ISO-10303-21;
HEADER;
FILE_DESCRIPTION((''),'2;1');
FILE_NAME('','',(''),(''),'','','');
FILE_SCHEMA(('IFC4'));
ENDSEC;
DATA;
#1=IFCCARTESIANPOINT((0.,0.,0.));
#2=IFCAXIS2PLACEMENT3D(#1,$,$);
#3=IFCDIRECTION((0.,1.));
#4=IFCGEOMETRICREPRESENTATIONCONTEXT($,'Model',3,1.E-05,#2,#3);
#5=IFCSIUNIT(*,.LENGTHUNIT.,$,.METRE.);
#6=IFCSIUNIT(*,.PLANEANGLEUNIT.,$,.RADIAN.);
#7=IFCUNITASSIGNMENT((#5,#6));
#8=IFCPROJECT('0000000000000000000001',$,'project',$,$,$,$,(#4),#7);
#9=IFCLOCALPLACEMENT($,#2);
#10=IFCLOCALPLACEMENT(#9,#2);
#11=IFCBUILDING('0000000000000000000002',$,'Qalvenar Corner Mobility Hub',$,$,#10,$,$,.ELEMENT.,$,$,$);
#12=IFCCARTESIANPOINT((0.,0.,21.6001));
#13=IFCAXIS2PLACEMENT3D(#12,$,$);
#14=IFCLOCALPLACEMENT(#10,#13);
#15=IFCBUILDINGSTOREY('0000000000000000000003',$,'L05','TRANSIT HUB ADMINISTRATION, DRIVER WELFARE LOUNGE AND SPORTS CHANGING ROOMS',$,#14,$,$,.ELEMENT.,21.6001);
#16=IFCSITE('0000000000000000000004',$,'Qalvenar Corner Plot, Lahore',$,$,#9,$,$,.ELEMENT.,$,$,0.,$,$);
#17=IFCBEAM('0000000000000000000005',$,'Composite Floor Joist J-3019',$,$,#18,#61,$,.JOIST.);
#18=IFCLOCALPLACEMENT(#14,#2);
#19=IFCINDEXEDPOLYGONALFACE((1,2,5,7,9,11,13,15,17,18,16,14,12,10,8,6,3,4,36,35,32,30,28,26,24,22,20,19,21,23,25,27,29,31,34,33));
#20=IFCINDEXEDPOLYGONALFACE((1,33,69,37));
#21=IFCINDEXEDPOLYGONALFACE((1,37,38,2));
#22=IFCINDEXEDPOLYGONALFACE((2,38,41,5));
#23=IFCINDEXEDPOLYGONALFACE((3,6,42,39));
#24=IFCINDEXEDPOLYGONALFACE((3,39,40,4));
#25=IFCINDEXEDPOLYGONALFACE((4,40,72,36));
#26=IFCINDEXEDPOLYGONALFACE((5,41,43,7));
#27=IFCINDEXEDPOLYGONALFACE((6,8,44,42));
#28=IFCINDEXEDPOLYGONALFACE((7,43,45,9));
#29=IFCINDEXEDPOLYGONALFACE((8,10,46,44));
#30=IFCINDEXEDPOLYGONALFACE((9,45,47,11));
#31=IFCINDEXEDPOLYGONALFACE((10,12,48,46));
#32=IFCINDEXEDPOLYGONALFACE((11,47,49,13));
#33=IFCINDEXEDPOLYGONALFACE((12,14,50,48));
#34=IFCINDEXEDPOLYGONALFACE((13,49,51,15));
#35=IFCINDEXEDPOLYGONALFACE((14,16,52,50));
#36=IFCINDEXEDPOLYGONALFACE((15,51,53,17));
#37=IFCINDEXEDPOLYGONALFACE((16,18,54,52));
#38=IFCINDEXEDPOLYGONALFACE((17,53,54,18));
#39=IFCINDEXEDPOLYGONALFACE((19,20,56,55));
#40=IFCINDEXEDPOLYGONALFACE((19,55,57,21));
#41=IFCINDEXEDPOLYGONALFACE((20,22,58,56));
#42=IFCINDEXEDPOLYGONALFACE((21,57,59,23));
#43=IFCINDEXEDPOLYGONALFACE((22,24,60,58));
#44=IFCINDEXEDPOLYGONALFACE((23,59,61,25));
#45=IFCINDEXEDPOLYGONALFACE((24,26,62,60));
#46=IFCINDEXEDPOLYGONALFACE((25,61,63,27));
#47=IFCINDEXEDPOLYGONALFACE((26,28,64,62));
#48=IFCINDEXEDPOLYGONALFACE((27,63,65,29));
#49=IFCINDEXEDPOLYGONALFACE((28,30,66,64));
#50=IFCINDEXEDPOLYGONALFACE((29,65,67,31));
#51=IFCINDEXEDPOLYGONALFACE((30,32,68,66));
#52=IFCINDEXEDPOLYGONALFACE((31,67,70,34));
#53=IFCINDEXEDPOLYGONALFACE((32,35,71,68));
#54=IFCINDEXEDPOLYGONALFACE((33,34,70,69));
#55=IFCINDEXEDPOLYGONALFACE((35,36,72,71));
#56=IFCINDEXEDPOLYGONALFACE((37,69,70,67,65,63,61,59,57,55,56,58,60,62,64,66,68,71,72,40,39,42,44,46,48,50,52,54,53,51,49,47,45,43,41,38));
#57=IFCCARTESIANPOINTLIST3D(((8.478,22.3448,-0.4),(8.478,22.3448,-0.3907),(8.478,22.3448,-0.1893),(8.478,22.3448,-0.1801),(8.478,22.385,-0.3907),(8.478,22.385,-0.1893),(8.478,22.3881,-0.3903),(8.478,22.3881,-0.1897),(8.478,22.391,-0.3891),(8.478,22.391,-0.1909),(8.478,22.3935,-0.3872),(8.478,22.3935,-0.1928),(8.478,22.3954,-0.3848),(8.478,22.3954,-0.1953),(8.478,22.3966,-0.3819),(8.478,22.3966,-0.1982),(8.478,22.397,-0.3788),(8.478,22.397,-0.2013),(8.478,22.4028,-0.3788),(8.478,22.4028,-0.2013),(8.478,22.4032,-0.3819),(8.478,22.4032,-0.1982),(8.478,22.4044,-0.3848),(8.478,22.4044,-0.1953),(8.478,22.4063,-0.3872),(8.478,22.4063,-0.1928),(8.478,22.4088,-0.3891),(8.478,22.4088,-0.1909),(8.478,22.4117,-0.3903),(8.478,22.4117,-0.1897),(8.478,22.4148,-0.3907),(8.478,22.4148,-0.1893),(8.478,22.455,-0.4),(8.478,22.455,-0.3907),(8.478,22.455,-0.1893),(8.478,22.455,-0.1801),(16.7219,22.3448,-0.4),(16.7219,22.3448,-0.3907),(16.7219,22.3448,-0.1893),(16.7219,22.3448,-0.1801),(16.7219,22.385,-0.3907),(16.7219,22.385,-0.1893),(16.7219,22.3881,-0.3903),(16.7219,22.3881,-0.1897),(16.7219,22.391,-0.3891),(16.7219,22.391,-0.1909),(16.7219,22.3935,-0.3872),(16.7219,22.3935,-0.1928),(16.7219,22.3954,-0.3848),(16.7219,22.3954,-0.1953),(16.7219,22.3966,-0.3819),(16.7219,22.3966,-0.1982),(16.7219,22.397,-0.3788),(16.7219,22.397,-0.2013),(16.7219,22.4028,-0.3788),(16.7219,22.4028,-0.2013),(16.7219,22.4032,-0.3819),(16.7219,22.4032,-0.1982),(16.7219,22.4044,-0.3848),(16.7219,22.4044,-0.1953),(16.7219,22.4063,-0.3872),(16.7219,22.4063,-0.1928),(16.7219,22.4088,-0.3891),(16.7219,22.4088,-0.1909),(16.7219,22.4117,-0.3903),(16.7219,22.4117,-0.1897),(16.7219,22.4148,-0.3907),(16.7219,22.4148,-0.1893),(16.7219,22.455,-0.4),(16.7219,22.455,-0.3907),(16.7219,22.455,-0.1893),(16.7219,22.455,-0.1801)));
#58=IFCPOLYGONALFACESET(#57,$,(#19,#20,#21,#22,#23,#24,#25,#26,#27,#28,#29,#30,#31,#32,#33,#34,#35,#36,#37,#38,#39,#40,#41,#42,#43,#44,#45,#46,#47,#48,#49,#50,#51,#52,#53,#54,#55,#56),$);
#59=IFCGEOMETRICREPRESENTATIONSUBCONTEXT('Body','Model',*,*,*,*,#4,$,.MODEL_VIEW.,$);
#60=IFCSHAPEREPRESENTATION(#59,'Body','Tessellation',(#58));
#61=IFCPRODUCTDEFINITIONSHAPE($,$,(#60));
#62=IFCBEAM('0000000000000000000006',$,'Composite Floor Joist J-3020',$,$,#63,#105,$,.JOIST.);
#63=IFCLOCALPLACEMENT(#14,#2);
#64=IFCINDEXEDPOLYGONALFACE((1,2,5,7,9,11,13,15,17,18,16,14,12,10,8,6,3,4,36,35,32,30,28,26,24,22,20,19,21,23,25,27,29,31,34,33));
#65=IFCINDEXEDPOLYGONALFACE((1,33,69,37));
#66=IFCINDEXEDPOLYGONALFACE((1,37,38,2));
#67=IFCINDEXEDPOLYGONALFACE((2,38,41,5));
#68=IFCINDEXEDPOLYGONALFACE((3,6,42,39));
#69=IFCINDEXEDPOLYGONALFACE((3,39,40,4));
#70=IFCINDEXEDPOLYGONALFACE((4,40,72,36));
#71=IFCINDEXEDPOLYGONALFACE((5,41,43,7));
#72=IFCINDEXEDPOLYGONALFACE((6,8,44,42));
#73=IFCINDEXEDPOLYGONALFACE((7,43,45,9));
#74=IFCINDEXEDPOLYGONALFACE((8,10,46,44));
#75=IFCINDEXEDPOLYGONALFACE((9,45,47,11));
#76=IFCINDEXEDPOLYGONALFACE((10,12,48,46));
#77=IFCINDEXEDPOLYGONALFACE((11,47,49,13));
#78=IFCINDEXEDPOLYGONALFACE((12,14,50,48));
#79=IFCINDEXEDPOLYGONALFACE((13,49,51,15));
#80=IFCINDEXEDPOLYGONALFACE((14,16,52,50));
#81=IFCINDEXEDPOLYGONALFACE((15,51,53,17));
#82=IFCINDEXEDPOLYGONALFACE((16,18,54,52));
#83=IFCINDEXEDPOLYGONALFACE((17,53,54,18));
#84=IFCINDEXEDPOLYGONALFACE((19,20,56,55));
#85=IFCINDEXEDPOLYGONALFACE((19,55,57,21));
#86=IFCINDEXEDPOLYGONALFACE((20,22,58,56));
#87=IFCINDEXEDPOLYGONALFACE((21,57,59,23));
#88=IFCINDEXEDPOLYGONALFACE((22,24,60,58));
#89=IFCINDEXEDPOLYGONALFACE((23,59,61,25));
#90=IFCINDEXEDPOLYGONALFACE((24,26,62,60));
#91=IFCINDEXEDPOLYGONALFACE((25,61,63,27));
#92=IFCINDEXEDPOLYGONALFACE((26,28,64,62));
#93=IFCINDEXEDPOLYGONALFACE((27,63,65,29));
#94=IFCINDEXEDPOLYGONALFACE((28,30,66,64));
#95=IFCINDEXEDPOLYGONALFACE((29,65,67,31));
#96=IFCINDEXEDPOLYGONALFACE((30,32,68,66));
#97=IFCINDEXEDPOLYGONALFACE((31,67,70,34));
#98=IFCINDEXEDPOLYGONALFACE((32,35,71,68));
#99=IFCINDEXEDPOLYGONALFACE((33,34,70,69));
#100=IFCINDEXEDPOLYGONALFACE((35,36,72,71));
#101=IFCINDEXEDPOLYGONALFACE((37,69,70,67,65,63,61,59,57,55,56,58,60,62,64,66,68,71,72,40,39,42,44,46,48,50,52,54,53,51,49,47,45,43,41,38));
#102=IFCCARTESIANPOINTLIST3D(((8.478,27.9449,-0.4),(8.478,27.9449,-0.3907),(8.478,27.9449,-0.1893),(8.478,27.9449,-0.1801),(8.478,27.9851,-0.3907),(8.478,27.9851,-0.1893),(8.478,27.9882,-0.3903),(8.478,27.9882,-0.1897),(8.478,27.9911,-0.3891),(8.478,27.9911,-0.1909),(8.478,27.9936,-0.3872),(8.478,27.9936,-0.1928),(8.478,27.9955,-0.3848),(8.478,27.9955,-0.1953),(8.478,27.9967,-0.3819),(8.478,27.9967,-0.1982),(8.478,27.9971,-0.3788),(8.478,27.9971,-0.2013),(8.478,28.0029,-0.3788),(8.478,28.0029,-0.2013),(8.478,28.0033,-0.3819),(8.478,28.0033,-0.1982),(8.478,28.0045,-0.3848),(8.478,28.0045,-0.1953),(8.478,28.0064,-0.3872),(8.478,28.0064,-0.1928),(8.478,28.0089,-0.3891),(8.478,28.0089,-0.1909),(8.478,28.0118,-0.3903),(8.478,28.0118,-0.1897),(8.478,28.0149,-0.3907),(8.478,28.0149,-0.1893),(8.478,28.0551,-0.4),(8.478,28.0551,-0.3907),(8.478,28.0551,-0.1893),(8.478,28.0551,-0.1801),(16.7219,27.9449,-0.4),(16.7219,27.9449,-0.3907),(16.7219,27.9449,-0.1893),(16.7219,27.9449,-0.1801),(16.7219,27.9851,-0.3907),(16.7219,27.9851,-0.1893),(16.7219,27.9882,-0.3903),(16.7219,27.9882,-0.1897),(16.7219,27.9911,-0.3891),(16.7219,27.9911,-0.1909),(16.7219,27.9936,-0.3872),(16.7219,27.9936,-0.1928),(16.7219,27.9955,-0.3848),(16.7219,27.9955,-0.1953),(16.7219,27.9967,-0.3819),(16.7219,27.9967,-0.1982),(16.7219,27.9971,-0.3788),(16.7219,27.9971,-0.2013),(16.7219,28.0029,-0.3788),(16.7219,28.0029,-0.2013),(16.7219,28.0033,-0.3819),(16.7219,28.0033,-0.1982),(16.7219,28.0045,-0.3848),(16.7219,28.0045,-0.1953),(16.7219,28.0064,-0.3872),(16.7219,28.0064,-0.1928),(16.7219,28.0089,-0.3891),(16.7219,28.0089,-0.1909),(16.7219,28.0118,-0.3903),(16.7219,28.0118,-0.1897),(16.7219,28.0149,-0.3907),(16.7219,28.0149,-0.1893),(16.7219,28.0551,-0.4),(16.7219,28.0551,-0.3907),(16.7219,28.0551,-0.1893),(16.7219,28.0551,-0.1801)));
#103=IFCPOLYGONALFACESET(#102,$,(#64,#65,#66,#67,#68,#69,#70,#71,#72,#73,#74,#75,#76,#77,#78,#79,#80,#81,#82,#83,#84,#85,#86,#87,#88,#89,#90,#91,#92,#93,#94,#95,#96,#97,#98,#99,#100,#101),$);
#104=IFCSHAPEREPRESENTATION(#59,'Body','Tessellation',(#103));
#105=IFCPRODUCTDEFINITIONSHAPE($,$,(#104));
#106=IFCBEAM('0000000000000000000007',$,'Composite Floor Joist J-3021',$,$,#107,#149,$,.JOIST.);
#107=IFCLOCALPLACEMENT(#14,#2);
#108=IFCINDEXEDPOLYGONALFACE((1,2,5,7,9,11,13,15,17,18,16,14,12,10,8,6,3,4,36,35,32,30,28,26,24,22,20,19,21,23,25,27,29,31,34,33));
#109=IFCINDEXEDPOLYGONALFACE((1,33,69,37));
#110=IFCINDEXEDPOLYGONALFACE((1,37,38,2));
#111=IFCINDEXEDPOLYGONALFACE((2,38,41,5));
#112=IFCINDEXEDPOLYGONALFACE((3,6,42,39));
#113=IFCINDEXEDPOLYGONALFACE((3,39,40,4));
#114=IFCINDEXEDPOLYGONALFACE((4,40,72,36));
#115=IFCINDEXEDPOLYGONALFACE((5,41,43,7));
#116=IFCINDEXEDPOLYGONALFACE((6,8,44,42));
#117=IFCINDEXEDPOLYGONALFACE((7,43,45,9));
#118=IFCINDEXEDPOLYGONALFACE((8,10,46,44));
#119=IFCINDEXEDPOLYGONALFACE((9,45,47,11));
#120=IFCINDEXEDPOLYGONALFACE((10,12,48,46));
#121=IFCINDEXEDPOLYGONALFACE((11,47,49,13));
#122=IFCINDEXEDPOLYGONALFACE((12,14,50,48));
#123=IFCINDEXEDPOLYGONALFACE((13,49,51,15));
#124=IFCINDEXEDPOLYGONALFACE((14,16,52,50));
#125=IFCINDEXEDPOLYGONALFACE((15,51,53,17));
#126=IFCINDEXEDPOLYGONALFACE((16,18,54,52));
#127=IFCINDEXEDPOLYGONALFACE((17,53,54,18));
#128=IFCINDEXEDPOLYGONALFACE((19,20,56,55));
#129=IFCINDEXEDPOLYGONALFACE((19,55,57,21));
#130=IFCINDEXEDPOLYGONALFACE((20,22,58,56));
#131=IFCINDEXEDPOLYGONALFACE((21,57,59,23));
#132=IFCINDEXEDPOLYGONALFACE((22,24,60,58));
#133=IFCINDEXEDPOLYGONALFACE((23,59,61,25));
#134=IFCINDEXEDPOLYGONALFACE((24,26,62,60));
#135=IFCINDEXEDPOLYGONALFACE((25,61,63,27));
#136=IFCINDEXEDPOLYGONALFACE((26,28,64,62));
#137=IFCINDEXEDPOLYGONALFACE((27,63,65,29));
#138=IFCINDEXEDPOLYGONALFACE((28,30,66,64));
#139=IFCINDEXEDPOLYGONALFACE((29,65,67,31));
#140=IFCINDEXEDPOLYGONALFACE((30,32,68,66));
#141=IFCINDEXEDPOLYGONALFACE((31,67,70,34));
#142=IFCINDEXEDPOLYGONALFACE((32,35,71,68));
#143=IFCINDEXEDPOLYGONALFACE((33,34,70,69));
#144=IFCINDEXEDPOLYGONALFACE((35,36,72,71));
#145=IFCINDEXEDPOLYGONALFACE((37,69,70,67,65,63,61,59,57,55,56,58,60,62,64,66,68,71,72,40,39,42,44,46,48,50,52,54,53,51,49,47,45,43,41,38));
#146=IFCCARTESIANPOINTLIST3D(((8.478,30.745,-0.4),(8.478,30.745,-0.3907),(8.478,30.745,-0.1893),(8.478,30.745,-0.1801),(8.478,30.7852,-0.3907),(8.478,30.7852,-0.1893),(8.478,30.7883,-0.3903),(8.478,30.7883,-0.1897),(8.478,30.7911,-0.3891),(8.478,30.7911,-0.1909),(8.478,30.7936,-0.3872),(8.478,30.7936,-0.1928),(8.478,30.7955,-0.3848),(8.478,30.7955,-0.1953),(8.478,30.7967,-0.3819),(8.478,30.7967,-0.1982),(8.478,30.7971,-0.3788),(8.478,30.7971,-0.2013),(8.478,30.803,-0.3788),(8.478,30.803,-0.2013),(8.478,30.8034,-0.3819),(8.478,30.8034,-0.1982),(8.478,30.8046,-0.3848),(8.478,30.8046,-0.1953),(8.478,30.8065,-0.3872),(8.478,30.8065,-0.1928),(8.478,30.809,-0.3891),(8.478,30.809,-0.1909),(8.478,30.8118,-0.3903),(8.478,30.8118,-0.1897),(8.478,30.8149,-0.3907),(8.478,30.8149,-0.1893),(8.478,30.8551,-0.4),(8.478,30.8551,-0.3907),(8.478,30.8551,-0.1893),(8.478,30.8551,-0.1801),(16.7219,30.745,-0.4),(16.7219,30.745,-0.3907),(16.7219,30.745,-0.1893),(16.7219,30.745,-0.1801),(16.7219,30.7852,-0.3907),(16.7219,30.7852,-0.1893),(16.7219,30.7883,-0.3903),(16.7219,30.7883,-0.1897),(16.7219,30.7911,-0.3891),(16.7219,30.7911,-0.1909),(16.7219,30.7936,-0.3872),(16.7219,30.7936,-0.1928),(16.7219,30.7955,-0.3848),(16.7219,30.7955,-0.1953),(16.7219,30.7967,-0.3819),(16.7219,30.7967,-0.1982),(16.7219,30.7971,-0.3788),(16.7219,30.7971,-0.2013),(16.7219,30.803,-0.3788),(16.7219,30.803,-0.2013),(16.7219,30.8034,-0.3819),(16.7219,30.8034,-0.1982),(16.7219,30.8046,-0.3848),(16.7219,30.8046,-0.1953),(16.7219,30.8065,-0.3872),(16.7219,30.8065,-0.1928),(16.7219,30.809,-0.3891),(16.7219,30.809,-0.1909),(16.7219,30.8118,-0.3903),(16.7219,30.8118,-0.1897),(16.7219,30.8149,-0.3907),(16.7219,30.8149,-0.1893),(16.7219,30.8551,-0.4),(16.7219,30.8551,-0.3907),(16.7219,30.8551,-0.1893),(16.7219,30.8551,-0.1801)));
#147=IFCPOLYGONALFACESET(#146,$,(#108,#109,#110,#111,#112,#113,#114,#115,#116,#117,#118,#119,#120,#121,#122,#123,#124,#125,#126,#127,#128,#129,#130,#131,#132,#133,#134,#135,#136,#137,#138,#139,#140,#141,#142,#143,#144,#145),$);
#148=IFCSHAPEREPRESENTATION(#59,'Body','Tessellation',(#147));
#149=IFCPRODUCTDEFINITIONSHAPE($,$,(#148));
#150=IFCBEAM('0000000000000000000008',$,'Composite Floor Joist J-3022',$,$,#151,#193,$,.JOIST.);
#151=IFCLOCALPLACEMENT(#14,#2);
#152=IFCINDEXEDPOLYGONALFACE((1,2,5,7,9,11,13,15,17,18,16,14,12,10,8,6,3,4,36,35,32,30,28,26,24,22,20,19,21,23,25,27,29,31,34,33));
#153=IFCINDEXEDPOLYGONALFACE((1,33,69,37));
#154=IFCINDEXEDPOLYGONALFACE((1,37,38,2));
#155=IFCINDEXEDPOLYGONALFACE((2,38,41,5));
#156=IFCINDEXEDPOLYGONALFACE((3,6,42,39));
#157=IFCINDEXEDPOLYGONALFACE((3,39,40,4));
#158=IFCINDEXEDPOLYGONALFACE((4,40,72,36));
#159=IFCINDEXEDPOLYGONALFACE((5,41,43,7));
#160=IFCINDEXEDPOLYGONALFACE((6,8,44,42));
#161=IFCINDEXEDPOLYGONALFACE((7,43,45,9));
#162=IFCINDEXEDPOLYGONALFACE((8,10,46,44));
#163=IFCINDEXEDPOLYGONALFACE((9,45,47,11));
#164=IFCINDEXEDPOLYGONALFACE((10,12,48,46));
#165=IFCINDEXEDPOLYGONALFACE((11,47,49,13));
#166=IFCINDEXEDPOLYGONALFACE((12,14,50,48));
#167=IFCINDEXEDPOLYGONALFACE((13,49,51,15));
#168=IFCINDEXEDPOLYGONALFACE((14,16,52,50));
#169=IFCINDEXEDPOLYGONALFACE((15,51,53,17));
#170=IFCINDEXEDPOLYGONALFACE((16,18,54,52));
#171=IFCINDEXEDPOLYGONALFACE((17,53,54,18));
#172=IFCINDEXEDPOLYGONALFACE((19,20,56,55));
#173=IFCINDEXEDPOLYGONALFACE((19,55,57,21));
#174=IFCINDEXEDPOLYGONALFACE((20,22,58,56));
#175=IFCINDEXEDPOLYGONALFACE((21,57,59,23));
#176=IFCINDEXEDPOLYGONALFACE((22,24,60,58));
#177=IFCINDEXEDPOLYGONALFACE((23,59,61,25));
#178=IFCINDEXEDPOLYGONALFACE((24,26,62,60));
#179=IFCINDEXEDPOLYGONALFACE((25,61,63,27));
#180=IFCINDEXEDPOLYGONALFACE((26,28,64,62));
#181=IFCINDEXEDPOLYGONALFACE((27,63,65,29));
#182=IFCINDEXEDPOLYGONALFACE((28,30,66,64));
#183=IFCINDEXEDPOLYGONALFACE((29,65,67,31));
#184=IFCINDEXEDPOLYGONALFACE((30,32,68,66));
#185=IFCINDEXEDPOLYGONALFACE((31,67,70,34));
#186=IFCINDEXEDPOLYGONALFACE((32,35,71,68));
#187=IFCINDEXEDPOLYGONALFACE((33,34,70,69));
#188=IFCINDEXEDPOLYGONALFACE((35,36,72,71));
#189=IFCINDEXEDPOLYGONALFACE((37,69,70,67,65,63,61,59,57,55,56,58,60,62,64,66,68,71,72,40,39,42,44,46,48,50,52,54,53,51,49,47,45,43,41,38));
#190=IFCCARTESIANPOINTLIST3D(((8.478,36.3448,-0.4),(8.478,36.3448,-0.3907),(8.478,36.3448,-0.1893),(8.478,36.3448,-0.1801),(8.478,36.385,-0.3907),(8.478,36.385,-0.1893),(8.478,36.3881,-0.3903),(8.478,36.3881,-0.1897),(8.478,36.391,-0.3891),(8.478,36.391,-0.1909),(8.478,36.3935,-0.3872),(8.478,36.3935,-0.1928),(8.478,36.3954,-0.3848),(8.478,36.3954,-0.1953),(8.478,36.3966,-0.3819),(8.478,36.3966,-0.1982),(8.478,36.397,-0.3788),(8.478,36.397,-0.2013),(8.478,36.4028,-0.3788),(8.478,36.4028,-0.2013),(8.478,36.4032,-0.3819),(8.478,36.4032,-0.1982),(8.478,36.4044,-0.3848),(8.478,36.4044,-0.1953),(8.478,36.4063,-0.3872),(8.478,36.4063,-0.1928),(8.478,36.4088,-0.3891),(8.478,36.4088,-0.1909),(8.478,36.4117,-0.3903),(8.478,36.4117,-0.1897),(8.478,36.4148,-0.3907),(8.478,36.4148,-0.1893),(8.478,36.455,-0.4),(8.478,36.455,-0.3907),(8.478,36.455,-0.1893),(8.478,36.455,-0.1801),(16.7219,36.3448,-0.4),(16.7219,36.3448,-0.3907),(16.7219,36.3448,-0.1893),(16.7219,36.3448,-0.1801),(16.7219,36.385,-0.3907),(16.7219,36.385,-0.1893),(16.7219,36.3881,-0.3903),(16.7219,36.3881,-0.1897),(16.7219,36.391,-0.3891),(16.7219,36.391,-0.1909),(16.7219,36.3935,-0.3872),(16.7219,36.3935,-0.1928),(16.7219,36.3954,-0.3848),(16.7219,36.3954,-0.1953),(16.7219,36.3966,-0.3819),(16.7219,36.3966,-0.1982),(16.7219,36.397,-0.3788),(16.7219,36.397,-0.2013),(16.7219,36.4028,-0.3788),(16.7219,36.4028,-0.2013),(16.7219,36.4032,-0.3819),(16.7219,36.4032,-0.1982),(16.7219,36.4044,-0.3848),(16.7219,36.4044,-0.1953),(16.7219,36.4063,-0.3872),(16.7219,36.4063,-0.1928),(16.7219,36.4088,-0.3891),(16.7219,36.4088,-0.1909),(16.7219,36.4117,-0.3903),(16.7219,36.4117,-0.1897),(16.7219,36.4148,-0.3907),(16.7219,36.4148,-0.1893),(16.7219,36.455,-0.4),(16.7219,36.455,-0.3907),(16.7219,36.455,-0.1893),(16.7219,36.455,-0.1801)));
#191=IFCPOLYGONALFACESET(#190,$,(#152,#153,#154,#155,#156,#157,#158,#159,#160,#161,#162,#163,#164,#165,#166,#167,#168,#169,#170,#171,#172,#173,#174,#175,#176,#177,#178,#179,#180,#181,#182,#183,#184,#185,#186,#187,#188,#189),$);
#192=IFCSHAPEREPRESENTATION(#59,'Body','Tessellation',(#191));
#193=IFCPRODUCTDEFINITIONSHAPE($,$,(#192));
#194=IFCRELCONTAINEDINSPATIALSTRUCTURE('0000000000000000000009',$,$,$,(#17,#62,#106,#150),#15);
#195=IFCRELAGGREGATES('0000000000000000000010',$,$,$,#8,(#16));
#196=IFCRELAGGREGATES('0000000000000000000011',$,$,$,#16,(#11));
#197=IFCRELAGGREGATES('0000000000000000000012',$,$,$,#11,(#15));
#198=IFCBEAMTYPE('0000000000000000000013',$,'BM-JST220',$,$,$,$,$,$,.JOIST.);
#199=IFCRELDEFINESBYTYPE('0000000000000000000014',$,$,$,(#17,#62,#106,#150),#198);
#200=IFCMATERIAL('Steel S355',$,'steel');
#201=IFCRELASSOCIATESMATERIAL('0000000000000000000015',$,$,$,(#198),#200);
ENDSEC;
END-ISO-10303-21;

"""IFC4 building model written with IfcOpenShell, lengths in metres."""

from ifc_helpers import new_model, si_unit, direction, frame, origin, origin_2d, place, context, subcontext, project, spatial, i_section, extrude, material, material_profile, profile_set, type_object, element, save


model = new_model("IFC4")

# Units and contexts
model_context = context("Model", 3, precision=1e-05, world=origin(), true_north=direction((0.0, 1.0)))
body_context = subcontext(model_context, "Body", "Model", "MODEL_VIEW")
ifc_project = project(units=[si_unit("LENGTHUNIT", "METRE"), si_unit("PLANEANGLEUNIT", "RADIAN")], contexts=[model_context])

# Site, building, storey
site_placement = place(None, origin())
site = spatial("IfcSite", under=ifc_project, at=site_placement, Name="Qalvenar Corner Plot, Lahore", CompositionType="ELEMENT", RefElevation=0.0)
building_placement = place(site_placement, origin())
building = spatial("IfcBuilding", under=site, at=building_placement, Name="Qalvenar Corner Mobility Hub", CompositionType="ELEMENT")
storey_placement = place(building_placement, frame((0.0, 0.0, 21.6001)))
storey = spatial("IfcBuildingStorey", under=building, at=storey_placement, Name="L05", Description="TRANSIT HUB ADMINISTRATION, DRIVER WELFARE LOUNGE AND SPORTS CHANGING ROOMS", CompositionType="ELEMENT", Elevation=21.6001)

# Shared definitions
ifc_material_1 = material(Name="Steel S355", Category="steel")

# Beams
ifc_material_profile_1 = material_profile(ifc_material_1, i_section(OverallWidth=0.1101, OverallDepth=0.22, WebThickness=0.0059, FlangeThickness=0.0093, FilletRadius=0.012, at=origin_2d()), Name="IPE220")
ifc_profile_set_1 = profile_set([ifc_material_profile_1], Name="Steel S355")
beam_type_1 = type_object("IfcBeamType", Name="BM-JST220", PredefinedType="JOIST", material=ifc_profile_set_1)
for number, where, z_axis, x_axis, name in (
    (1, (8.478, 22.3999, -0.29), (1.0, 0.0, 0.0), (0.0, 1.0, 0.0), "Composite Floor Joist J-3019"),
    (2, (8.478, 28.0, -0.29), (1.0, 0.0, 0.0), (0.0, 1.0, 0.0), "Composite Floor Joist J-3020"),
    (3, (8.478, 30.8, -0.29), (1.0, 0.0, 0.0), (0.0, 1.0, 0.0), "Composite Floor Joist J-3021"),
    (4, (8.478, 36.3999, -0.29), (1.0, 0.0, 0.0), (0.0, 1.0, 0.0), "Composite Floor Joist J-3022"),
):
    element("IfcBeam", number, at=place(storey_placement, frame(where, z_axis=z_axis, x_axis=x_axis)), inside=storey, type_object=beam_type_1, Name=name, PredefinedType="JOIST", context=body_context, shape_type="SweptSolid", body=[
        extrude(i_section(OverallWidth=0.1101, OverallDepth=0.22, WebThickness=0.0059, FlangeThickness=0.0093, FilletRadius=0.012, at=origin_2d()), origin(), (0.0, 0.0, 1.0), 8.2439),
    ])

save(model, "model.ifc")
